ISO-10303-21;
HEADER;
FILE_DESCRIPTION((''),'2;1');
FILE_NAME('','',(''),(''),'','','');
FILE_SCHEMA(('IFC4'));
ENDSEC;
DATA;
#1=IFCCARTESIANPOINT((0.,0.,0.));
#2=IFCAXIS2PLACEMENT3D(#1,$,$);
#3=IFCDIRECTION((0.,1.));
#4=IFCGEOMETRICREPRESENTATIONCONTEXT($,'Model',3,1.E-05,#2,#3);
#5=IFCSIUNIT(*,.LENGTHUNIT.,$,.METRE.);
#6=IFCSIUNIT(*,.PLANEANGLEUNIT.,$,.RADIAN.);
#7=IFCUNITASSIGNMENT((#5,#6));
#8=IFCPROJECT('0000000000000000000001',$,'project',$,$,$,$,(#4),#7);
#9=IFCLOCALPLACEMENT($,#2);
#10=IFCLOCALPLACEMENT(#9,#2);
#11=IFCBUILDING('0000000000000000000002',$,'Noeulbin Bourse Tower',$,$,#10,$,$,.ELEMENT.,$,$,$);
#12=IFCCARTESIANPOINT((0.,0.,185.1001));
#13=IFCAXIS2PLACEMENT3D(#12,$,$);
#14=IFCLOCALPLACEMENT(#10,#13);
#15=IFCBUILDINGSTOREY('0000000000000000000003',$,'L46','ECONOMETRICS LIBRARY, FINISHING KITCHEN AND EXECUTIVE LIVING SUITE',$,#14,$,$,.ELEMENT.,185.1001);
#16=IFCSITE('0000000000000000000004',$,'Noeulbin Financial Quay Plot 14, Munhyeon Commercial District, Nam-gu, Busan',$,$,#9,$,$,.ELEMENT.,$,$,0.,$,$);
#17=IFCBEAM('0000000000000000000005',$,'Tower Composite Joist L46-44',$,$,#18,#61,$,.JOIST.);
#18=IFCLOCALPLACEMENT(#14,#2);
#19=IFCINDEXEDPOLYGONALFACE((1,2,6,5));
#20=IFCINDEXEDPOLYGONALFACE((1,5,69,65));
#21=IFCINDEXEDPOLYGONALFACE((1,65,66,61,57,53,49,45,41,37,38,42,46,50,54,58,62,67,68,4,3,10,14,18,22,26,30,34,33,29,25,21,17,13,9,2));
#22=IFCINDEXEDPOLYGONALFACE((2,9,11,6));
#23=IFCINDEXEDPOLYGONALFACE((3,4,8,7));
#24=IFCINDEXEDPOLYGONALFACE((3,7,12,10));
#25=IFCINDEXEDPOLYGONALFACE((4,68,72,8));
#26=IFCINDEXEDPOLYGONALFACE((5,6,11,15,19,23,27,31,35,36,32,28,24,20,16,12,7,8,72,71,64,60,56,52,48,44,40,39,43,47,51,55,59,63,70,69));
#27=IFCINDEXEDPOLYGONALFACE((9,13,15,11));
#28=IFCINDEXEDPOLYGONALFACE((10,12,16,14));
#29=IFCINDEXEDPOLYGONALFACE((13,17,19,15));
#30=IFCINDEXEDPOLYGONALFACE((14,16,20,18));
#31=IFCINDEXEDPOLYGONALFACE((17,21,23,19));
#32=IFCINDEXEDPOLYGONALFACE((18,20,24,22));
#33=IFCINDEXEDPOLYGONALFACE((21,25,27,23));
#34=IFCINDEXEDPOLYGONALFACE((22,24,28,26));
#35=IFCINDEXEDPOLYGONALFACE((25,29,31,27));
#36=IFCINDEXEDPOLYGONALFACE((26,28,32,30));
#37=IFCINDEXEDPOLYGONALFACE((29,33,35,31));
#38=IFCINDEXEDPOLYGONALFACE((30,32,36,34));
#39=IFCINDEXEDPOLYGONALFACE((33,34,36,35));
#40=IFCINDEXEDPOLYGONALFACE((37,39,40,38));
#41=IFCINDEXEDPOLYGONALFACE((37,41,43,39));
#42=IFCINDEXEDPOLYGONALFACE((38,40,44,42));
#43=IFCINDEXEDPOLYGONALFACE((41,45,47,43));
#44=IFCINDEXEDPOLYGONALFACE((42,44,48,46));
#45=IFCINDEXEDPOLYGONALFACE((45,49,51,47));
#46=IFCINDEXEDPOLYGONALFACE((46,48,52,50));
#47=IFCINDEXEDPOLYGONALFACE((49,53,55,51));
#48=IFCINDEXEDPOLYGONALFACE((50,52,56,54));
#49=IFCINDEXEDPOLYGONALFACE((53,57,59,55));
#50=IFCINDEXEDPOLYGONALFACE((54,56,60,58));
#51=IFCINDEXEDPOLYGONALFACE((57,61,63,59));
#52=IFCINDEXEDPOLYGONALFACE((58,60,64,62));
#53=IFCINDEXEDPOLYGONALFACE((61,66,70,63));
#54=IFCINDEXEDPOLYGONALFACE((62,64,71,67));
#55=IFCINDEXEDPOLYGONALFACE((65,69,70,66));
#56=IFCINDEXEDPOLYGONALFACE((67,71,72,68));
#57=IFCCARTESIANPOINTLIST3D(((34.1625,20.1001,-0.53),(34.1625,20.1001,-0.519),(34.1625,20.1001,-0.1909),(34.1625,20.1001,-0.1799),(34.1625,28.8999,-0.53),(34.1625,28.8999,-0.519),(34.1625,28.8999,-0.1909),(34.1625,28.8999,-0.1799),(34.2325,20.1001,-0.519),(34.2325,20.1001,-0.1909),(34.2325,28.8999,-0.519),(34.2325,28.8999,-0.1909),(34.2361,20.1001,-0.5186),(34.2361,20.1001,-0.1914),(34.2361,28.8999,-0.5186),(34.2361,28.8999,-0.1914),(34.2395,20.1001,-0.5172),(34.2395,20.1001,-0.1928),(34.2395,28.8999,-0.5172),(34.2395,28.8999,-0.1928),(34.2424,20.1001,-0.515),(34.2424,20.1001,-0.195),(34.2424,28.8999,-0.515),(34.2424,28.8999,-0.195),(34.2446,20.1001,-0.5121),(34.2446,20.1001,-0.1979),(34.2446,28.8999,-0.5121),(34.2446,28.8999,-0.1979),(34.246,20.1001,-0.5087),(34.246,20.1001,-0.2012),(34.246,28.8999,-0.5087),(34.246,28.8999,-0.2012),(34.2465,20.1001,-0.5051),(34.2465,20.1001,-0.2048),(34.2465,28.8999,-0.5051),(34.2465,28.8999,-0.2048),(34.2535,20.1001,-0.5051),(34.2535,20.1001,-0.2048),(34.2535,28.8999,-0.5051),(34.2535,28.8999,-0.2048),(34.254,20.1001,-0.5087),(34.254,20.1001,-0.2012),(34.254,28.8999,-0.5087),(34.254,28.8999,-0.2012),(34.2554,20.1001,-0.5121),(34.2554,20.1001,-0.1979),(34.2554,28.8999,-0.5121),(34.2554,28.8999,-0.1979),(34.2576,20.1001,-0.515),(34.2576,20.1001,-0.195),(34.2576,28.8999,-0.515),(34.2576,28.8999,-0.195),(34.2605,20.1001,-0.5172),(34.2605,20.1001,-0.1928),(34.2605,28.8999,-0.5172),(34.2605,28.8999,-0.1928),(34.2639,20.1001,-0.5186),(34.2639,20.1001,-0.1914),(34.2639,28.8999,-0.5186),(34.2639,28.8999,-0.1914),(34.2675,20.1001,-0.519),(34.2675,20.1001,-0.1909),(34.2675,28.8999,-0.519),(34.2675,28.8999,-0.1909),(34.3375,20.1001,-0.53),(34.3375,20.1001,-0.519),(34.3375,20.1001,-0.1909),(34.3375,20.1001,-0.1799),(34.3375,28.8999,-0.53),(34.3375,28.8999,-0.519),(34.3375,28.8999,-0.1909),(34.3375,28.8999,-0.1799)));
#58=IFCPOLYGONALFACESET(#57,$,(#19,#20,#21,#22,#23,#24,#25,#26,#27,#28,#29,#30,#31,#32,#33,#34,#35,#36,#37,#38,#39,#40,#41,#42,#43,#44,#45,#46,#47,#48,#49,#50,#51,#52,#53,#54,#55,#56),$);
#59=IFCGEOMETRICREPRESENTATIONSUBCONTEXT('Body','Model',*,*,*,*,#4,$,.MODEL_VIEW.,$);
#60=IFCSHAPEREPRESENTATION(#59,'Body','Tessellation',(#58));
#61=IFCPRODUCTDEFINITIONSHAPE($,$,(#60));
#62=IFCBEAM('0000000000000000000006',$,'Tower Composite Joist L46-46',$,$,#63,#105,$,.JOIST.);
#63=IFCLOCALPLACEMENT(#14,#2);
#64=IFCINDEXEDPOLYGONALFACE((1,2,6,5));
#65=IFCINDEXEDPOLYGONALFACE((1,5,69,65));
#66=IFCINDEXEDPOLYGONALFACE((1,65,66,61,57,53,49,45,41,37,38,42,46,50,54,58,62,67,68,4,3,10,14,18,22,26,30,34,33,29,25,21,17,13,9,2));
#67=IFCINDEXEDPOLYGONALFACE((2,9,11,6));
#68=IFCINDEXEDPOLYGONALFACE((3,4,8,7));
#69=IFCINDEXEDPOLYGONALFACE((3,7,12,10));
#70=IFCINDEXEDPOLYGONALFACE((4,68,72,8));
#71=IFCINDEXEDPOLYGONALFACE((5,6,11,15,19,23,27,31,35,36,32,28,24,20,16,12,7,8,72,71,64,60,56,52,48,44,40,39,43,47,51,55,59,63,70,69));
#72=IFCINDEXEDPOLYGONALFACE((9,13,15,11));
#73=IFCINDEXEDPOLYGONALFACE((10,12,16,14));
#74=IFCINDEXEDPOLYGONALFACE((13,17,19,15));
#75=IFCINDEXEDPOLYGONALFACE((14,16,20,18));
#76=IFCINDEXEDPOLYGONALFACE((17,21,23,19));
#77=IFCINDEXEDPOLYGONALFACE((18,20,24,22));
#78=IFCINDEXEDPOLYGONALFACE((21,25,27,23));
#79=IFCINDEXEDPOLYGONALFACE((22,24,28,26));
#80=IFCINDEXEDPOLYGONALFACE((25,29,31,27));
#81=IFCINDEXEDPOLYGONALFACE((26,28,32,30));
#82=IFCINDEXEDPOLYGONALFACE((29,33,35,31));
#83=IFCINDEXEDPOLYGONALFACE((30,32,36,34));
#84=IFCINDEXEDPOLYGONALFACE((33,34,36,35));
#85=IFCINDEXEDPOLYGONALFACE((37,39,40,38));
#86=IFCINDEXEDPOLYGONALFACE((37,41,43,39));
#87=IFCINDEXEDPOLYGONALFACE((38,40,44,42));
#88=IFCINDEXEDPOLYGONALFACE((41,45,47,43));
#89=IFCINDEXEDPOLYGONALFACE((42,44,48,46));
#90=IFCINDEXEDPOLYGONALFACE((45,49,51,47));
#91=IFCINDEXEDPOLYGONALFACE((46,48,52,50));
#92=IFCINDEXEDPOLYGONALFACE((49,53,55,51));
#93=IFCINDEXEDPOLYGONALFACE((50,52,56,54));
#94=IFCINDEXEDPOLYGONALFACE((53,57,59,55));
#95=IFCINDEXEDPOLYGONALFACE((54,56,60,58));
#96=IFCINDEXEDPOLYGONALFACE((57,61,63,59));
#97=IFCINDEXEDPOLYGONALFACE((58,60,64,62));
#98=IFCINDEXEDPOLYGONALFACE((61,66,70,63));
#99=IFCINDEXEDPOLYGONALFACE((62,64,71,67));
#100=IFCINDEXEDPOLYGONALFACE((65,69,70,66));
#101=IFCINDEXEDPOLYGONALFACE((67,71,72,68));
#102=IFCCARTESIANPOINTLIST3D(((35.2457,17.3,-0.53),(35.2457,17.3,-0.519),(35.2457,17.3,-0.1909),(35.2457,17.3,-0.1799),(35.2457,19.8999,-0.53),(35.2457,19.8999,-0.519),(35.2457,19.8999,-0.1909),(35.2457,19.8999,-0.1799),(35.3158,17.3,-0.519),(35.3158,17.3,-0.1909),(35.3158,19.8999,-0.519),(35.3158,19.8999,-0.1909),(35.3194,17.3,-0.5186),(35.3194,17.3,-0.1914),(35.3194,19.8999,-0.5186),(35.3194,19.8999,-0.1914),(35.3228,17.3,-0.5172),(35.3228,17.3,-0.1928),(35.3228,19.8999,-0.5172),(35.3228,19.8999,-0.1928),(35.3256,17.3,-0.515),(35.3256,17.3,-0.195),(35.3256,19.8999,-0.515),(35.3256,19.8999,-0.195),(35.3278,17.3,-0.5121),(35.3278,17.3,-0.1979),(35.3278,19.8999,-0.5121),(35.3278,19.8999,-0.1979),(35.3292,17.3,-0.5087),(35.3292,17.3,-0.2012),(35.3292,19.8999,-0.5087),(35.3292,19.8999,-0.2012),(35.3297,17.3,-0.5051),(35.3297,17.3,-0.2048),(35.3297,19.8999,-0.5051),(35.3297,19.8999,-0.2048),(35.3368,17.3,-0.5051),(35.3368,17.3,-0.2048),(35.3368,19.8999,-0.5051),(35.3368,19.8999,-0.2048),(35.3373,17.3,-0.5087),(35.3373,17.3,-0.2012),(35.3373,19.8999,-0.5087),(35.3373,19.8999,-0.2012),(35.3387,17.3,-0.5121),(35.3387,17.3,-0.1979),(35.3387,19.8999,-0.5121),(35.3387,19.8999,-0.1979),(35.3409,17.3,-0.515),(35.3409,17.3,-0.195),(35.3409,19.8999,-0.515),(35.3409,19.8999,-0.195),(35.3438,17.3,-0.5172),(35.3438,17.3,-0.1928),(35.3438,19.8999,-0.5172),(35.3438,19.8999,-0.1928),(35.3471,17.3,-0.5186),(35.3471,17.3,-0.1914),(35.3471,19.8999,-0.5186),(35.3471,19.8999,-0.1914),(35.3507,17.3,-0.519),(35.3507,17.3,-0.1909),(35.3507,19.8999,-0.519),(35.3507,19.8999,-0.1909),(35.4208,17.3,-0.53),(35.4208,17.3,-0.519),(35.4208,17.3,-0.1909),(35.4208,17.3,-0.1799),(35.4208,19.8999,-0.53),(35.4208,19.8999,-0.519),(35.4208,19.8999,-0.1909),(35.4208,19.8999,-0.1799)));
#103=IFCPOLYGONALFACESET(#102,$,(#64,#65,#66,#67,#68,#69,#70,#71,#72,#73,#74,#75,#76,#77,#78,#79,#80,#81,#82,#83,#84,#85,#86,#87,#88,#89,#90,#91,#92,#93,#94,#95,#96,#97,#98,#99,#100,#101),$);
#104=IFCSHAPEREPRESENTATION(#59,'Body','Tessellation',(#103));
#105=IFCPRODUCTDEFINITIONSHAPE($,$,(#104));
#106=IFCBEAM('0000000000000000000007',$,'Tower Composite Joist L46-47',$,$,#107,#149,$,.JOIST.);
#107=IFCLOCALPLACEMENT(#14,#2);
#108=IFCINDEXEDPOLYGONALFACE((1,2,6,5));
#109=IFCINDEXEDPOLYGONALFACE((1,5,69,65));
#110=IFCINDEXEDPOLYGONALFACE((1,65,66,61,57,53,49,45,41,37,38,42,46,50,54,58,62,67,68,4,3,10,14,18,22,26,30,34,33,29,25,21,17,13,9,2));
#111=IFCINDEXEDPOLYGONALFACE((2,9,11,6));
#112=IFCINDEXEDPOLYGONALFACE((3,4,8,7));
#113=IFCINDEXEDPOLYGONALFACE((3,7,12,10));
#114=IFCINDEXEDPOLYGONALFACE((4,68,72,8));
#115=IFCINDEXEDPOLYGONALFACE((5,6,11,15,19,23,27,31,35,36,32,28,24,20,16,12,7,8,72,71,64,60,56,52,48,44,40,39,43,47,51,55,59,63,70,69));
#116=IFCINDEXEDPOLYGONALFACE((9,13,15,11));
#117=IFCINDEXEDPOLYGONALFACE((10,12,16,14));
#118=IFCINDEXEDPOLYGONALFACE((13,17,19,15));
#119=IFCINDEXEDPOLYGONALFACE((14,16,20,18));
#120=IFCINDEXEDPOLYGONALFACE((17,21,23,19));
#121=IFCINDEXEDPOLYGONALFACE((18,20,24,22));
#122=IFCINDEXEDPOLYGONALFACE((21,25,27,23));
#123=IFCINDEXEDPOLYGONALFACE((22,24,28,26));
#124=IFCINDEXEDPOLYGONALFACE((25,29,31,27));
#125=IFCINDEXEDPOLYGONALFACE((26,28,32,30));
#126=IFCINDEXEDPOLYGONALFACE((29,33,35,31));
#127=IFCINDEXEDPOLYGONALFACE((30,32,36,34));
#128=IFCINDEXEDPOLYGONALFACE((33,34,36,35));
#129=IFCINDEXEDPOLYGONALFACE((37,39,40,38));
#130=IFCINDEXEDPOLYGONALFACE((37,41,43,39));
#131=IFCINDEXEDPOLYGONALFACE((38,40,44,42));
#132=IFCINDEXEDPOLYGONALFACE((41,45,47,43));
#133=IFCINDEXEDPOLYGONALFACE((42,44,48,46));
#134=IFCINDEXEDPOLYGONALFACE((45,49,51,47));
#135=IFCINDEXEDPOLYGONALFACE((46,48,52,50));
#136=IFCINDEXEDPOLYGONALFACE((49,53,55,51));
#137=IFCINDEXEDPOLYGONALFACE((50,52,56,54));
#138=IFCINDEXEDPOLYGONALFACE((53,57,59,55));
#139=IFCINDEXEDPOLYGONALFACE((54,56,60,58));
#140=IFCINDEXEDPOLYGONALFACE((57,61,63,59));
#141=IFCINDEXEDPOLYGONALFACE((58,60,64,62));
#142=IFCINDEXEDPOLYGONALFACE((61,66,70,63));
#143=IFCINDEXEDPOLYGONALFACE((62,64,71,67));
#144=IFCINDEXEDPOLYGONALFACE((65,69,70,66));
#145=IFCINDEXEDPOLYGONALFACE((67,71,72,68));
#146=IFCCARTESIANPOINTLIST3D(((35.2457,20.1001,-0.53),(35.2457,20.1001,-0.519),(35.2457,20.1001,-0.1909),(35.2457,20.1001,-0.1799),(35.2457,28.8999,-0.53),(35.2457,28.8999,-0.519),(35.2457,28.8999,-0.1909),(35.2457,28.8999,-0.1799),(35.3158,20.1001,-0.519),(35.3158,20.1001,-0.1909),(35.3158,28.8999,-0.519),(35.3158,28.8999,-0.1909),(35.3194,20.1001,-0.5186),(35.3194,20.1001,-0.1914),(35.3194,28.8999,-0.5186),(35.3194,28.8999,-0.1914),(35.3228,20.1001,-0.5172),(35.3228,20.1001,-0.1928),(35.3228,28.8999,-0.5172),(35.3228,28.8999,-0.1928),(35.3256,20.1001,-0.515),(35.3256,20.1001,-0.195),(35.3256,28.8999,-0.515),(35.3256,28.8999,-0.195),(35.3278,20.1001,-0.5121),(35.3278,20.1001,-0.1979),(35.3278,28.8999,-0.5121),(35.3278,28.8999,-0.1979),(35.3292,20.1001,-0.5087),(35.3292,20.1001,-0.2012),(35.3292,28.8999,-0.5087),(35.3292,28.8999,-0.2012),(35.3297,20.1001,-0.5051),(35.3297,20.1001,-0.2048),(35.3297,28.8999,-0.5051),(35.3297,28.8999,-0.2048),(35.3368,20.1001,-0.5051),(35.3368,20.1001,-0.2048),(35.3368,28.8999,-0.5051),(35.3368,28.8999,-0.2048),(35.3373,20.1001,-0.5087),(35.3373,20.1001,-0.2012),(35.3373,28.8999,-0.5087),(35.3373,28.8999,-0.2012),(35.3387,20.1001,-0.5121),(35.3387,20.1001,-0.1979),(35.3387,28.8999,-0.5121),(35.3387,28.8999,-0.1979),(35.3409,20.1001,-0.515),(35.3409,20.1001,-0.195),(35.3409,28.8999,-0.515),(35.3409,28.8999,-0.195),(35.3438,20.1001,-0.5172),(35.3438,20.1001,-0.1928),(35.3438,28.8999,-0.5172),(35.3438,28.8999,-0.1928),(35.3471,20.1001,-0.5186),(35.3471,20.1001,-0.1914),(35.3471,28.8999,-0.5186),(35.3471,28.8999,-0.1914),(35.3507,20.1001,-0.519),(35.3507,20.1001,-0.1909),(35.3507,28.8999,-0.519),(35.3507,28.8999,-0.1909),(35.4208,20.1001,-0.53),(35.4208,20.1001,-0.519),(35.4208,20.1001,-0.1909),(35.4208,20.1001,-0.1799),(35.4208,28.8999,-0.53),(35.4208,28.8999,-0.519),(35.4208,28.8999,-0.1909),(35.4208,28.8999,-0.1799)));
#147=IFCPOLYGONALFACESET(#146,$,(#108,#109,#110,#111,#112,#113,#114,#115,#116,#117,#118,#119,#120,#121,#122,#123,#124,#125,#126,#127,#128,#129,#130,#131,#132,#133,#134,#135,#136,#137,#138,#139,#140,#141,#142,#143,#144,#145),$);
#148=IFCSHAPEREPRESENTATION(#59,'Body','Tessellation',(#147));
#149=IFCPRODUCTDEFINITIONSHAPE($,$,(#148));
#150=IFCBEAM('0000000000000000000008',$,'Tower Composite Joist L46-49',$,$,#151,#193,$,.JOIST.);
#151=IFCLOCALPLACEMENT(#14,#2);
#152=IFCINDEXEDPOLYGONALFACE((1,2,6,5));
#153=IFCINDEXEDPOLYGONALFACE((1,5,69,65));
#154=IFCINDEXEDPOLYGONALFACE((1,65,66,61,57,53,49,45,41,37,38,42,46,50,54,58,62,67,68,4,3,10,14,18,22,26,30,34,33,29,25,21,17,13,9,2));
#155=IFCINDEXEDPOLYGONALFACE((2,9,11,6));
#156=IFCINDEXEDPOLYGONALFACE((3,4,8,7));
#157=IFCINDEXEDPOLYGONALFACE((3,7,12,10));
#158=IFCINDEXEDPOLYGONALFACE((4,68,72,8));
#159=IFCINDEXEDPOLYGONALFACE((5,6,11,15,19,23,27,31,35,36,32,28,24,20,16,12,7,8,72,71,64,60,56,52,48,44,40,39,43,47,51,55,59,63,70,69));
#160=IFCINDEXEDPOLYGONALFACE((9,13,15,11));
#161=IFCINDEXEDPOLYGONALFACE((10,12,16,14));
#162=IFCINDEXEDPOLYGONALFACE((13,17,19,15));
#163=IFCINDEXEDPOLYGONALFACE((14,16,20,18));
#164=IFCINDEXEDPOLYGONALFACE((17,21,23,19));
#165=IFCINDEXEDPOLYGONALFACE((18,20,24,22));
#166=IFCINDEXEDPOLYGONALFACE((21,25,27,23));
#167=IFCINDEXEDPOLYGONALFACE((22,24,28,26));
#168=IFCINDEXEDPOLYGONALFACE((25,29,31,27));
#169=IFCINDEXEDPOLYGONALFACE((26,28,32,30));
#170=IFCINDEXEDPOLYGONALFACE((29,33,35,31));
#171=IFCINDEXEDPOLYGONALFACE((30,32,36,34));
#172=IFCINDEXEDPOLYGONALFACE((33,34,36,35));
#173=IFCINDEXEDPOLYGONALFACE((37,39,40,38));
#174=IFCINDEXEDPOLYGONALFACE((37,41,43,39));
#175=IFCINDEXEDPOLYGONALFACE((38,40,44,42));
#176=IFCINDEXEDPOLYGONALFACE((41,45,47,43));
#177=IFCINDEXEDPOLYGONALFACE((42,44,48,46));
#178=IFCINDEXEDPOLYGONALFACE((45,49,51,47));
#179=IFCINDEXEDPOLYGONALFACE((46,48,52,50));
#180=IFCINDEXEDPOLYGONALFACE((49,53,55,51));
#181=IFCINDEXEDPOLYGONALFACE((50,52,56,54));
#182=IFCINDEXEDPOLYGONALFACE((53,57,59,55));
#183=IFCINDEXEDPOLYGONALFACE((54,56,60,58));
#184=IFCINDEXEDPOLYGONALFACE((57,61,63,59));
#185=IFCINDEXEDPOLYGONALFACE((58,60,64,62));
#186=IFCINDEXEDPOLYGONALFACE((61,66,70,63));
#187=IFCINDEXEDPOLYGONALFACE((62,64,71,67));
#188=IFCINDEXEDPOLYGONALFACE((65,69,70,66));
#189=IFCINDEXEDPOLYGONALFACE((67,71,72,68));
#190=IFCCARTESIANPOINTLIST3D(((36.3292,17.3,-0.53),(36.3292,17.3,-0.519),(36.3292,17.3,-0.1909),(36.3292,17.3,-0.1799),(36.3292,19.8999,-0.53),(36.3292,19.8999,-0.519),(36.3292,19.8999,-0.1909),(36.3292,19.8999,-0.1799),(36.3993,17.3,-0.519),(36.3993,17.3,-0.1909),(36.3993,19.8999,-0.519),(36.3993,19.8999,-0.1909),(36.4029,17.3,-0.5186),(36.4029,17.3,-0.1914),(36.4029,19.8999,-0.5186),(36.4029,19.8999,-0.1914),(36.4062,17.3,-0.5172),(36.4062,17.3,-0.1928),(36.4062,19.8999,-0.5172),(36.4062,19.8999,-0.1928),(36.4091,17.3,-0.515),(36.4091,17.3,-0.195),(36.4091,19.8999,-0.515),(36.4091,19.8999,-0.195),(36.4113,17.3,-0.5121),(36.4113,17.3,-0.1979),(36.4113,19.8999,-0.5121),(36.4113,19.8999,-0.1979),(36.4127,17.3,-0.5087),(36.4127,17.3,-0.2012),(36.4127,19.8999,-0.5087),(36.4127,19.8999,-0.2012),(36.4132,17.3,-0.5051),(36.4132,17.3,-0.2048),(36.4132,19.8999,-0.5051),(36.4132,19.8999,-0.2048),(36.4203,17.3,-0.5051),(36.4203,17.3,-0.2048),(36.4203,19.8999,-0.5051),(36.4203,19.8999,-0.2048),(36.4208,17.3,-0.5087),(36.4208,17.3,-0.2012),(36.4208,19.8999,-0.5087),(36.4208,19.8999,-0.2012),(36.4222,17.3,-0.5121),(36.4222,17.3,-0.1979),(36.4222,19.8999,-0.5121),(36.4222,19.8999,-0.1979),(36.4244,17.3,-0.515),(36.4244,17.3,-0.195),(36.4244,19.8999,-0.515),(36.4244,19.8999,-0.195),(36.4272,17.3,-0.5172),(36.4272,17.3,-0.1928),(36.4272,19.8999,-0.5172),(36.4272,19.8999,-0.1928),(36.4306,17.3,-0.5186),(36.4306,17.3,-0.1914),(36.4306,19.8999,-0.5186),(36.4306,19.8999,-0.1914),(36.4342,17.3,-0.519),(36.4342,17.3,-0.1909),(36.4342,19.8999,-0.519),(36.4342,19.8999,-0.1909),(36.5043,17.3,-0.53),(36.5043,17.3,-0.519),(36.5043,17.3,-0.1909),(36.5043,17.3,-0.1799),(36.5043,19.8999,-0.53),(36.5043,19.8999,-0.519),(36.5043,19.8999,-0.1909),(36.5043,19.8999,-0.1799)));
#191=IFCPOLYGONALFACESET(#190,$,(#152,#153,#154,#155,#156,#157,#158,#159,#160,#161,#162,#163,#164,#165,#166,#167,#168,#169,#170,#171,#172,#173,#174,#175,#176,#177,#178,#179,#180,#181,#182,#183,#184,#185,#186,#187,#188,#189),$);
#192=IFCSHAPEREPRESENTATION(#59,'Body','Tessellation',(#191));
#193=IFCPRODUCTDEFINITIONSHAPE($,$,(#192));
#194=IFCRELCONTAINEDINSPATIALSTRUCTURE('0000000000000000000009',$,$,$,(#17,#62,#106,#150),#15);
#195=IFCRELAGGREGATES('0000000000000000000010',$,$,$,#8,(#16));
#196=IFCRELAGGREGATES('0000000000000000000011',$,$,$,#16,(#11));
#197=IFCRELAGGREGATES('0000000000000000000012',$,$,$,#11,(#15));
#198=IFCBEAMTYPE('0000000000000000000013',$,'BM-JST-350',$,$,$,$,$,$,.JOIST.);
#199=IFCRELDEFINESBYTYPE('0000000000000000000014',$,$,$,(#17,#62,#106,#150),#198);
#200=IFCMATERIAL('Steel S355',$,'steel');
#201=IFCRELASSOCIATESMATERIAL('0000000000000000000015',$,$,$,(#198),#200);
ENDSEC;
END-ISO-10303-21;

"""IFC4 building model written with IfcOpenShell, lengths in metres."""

from ifc_helpers import new_model, si_unit, direction, frame, origin, origin_2d, place, context, subcontext, project, spatial, i_section, extrude, material, material_profile, profile_set, type_object, element, save


model = new_model("IFC4")

# Units and contexts
model_context = context("Model", 3, precision=1e-05, world=origin(), true_north=direction((0.0, 1.0)))
body_context = subcontext(model_context, "Body", "Model", "MODEL_VIEW")
ifc_project = project(units=[si_unit("LENGTHUNIT", "METRE"), si_unit("PLANEANGLEUNIT", "RADIAN")], contexts=[model_context])

# Site, building, storey
site_placement = place(None, origin())
site = spatial("IfcSite", under=ifc_project, at=site_placement, Name="Noeulbin Financial Quay Plot 14, Munhyeon Commercial District, Nam-gu, Busan", CompositionType="ELEMENT", RefElevation=0.0)
building_placement = place(site_placement, origin())
building = spatial("IfcBuilding", under=site, at=building_placement, Name="Noeulbin Bourse Tower", CompositionType="ELEMENT")
storey_placement = place(building_placement, frame((0.0, 0.0, 185.1001)))
storey = spatial("IfcBuildingStorey", under=building, at=storey_placement, Name="L46", Description="ECONOMETRICS LIBRARY, FINISHING KITCHEN AND EXECUTIVE LIVING SUITE", CompositionType="ELEMENT", Elevation=185.1001)

# Beams
ifc_material_1 = material(Name="Steel S355", Category="steel")
ifc_material_profile_1 = material_profile(ifc_material_1, i_section(OverallWidth=0.175, OverallDepth=0.3501, WebThickness=0.0071, FlangeThickness=0.011, FilletRadius=0.0139, at=origin_2d()), Name="H-350x175x7x11", Category="LoadBearing")
ifc_profile_set_1 = profile_set([ifc_material_profile_1], Name="Steel S355")
beam_type_1 = type_object("IfcBeamType", Name="BM-JST-350", PredefinedType="JOIST", material=ifc_profile_set_1)
for number, where, z_axis, x_axis, name in (
    (1, (34.25, 20.1001, -0.355), (0.0, 1.0, 0.0), (-1.0, 0.0, 0.0), "Tower Composite Joist L46-44"),
):
    element("IfcBeam", number, at=place(storey_placement, frame(where, z_axis=z_axis, x_axis=x_axis)), inside=storey, type_object=beam_type_1, Name=name, PredefinedType="JOIST", context=body_context, shape_type="SweptSolid", body=[
        extrude(i_section(OverallWidth=0.175, OverallDepth=0.3501, WebThickness=0.0071, FlangeThickness=0.011, FilletRadius=0.0139, at=origin_2d()), origin(), (0.0, 0.0, 1.0), 8.7998),
    ])
beam_1_placement = place(storey_placement, frame((35.3333, 17.3, -0.355), z_axis=(0.0, 1.0, 0.0), x_axis=(-1.0, 0.0, 0.0)))
element("IfcBeam", 2, at=beam_1_placement, inside=storey, type_object=beam_type_1, Name="Tower Composite Joist L46-46", PredefinedType="JOIST", context=body_context, shape_type="SweptSolid", body=[
    extrude(i_section(OverallWidth=0.175, OverallDepth=0.3501, WebThickness=0.0071, FlangeThickness=0.011, FilletRadius=0.0139, at=origin_2d()), origin(), (0.0, 0.0, 1.0), 2.5999),
])
beam_2_placement = place(storey_placement, frame((35.3333, 20.1001, -0.355), z_axis=(0.0, 1.0, 0.0), x_axis=(-1.0, 0.0, 0.0)))
element("IfcBeam", 3, at=beam_2_placement, inside=storey, type_object=beam_type_1, Name="Tower Composite Joist L46-47", PredefinedType="JOIST", context=body_context, shape_type="SweptSolid", body=[
    extrude(i_section(OverallWidth=0.175, OverallDepth=0.3501, WebThickness=0.0071, FlangeThickness=0.011, FilletRadius=0.0139, at=origin_2d()), origin(), (0.0, 0.0, 1.0), 8.7998),
])
beam_3_placement = place(storey_placement, frame((36.4167, 17.3, -0.355), z_axis=(0.0, 1.0, 0.0), x_axis=(-1.0, 0.0, 0.0)))
element("IfcBeam", 4, at=beam_3_placement, inside=storey, type_object=beam_type_1, Name="Tower Composite Joist L46-49", PredefinedType="JOIST", context=body_context, shape_type="SweptSolid", body=[
    extrude(i_section(OverallWidth=0.175, OverallDepth=0.3501, WebThickness=0.0071, FlangeThickness=0.011, FilletRadius=0.0139, at=origin_2d()), origin(), (0.0, 0.0, 1.0), 2.5999),
])

save(model, "model.ifc")
